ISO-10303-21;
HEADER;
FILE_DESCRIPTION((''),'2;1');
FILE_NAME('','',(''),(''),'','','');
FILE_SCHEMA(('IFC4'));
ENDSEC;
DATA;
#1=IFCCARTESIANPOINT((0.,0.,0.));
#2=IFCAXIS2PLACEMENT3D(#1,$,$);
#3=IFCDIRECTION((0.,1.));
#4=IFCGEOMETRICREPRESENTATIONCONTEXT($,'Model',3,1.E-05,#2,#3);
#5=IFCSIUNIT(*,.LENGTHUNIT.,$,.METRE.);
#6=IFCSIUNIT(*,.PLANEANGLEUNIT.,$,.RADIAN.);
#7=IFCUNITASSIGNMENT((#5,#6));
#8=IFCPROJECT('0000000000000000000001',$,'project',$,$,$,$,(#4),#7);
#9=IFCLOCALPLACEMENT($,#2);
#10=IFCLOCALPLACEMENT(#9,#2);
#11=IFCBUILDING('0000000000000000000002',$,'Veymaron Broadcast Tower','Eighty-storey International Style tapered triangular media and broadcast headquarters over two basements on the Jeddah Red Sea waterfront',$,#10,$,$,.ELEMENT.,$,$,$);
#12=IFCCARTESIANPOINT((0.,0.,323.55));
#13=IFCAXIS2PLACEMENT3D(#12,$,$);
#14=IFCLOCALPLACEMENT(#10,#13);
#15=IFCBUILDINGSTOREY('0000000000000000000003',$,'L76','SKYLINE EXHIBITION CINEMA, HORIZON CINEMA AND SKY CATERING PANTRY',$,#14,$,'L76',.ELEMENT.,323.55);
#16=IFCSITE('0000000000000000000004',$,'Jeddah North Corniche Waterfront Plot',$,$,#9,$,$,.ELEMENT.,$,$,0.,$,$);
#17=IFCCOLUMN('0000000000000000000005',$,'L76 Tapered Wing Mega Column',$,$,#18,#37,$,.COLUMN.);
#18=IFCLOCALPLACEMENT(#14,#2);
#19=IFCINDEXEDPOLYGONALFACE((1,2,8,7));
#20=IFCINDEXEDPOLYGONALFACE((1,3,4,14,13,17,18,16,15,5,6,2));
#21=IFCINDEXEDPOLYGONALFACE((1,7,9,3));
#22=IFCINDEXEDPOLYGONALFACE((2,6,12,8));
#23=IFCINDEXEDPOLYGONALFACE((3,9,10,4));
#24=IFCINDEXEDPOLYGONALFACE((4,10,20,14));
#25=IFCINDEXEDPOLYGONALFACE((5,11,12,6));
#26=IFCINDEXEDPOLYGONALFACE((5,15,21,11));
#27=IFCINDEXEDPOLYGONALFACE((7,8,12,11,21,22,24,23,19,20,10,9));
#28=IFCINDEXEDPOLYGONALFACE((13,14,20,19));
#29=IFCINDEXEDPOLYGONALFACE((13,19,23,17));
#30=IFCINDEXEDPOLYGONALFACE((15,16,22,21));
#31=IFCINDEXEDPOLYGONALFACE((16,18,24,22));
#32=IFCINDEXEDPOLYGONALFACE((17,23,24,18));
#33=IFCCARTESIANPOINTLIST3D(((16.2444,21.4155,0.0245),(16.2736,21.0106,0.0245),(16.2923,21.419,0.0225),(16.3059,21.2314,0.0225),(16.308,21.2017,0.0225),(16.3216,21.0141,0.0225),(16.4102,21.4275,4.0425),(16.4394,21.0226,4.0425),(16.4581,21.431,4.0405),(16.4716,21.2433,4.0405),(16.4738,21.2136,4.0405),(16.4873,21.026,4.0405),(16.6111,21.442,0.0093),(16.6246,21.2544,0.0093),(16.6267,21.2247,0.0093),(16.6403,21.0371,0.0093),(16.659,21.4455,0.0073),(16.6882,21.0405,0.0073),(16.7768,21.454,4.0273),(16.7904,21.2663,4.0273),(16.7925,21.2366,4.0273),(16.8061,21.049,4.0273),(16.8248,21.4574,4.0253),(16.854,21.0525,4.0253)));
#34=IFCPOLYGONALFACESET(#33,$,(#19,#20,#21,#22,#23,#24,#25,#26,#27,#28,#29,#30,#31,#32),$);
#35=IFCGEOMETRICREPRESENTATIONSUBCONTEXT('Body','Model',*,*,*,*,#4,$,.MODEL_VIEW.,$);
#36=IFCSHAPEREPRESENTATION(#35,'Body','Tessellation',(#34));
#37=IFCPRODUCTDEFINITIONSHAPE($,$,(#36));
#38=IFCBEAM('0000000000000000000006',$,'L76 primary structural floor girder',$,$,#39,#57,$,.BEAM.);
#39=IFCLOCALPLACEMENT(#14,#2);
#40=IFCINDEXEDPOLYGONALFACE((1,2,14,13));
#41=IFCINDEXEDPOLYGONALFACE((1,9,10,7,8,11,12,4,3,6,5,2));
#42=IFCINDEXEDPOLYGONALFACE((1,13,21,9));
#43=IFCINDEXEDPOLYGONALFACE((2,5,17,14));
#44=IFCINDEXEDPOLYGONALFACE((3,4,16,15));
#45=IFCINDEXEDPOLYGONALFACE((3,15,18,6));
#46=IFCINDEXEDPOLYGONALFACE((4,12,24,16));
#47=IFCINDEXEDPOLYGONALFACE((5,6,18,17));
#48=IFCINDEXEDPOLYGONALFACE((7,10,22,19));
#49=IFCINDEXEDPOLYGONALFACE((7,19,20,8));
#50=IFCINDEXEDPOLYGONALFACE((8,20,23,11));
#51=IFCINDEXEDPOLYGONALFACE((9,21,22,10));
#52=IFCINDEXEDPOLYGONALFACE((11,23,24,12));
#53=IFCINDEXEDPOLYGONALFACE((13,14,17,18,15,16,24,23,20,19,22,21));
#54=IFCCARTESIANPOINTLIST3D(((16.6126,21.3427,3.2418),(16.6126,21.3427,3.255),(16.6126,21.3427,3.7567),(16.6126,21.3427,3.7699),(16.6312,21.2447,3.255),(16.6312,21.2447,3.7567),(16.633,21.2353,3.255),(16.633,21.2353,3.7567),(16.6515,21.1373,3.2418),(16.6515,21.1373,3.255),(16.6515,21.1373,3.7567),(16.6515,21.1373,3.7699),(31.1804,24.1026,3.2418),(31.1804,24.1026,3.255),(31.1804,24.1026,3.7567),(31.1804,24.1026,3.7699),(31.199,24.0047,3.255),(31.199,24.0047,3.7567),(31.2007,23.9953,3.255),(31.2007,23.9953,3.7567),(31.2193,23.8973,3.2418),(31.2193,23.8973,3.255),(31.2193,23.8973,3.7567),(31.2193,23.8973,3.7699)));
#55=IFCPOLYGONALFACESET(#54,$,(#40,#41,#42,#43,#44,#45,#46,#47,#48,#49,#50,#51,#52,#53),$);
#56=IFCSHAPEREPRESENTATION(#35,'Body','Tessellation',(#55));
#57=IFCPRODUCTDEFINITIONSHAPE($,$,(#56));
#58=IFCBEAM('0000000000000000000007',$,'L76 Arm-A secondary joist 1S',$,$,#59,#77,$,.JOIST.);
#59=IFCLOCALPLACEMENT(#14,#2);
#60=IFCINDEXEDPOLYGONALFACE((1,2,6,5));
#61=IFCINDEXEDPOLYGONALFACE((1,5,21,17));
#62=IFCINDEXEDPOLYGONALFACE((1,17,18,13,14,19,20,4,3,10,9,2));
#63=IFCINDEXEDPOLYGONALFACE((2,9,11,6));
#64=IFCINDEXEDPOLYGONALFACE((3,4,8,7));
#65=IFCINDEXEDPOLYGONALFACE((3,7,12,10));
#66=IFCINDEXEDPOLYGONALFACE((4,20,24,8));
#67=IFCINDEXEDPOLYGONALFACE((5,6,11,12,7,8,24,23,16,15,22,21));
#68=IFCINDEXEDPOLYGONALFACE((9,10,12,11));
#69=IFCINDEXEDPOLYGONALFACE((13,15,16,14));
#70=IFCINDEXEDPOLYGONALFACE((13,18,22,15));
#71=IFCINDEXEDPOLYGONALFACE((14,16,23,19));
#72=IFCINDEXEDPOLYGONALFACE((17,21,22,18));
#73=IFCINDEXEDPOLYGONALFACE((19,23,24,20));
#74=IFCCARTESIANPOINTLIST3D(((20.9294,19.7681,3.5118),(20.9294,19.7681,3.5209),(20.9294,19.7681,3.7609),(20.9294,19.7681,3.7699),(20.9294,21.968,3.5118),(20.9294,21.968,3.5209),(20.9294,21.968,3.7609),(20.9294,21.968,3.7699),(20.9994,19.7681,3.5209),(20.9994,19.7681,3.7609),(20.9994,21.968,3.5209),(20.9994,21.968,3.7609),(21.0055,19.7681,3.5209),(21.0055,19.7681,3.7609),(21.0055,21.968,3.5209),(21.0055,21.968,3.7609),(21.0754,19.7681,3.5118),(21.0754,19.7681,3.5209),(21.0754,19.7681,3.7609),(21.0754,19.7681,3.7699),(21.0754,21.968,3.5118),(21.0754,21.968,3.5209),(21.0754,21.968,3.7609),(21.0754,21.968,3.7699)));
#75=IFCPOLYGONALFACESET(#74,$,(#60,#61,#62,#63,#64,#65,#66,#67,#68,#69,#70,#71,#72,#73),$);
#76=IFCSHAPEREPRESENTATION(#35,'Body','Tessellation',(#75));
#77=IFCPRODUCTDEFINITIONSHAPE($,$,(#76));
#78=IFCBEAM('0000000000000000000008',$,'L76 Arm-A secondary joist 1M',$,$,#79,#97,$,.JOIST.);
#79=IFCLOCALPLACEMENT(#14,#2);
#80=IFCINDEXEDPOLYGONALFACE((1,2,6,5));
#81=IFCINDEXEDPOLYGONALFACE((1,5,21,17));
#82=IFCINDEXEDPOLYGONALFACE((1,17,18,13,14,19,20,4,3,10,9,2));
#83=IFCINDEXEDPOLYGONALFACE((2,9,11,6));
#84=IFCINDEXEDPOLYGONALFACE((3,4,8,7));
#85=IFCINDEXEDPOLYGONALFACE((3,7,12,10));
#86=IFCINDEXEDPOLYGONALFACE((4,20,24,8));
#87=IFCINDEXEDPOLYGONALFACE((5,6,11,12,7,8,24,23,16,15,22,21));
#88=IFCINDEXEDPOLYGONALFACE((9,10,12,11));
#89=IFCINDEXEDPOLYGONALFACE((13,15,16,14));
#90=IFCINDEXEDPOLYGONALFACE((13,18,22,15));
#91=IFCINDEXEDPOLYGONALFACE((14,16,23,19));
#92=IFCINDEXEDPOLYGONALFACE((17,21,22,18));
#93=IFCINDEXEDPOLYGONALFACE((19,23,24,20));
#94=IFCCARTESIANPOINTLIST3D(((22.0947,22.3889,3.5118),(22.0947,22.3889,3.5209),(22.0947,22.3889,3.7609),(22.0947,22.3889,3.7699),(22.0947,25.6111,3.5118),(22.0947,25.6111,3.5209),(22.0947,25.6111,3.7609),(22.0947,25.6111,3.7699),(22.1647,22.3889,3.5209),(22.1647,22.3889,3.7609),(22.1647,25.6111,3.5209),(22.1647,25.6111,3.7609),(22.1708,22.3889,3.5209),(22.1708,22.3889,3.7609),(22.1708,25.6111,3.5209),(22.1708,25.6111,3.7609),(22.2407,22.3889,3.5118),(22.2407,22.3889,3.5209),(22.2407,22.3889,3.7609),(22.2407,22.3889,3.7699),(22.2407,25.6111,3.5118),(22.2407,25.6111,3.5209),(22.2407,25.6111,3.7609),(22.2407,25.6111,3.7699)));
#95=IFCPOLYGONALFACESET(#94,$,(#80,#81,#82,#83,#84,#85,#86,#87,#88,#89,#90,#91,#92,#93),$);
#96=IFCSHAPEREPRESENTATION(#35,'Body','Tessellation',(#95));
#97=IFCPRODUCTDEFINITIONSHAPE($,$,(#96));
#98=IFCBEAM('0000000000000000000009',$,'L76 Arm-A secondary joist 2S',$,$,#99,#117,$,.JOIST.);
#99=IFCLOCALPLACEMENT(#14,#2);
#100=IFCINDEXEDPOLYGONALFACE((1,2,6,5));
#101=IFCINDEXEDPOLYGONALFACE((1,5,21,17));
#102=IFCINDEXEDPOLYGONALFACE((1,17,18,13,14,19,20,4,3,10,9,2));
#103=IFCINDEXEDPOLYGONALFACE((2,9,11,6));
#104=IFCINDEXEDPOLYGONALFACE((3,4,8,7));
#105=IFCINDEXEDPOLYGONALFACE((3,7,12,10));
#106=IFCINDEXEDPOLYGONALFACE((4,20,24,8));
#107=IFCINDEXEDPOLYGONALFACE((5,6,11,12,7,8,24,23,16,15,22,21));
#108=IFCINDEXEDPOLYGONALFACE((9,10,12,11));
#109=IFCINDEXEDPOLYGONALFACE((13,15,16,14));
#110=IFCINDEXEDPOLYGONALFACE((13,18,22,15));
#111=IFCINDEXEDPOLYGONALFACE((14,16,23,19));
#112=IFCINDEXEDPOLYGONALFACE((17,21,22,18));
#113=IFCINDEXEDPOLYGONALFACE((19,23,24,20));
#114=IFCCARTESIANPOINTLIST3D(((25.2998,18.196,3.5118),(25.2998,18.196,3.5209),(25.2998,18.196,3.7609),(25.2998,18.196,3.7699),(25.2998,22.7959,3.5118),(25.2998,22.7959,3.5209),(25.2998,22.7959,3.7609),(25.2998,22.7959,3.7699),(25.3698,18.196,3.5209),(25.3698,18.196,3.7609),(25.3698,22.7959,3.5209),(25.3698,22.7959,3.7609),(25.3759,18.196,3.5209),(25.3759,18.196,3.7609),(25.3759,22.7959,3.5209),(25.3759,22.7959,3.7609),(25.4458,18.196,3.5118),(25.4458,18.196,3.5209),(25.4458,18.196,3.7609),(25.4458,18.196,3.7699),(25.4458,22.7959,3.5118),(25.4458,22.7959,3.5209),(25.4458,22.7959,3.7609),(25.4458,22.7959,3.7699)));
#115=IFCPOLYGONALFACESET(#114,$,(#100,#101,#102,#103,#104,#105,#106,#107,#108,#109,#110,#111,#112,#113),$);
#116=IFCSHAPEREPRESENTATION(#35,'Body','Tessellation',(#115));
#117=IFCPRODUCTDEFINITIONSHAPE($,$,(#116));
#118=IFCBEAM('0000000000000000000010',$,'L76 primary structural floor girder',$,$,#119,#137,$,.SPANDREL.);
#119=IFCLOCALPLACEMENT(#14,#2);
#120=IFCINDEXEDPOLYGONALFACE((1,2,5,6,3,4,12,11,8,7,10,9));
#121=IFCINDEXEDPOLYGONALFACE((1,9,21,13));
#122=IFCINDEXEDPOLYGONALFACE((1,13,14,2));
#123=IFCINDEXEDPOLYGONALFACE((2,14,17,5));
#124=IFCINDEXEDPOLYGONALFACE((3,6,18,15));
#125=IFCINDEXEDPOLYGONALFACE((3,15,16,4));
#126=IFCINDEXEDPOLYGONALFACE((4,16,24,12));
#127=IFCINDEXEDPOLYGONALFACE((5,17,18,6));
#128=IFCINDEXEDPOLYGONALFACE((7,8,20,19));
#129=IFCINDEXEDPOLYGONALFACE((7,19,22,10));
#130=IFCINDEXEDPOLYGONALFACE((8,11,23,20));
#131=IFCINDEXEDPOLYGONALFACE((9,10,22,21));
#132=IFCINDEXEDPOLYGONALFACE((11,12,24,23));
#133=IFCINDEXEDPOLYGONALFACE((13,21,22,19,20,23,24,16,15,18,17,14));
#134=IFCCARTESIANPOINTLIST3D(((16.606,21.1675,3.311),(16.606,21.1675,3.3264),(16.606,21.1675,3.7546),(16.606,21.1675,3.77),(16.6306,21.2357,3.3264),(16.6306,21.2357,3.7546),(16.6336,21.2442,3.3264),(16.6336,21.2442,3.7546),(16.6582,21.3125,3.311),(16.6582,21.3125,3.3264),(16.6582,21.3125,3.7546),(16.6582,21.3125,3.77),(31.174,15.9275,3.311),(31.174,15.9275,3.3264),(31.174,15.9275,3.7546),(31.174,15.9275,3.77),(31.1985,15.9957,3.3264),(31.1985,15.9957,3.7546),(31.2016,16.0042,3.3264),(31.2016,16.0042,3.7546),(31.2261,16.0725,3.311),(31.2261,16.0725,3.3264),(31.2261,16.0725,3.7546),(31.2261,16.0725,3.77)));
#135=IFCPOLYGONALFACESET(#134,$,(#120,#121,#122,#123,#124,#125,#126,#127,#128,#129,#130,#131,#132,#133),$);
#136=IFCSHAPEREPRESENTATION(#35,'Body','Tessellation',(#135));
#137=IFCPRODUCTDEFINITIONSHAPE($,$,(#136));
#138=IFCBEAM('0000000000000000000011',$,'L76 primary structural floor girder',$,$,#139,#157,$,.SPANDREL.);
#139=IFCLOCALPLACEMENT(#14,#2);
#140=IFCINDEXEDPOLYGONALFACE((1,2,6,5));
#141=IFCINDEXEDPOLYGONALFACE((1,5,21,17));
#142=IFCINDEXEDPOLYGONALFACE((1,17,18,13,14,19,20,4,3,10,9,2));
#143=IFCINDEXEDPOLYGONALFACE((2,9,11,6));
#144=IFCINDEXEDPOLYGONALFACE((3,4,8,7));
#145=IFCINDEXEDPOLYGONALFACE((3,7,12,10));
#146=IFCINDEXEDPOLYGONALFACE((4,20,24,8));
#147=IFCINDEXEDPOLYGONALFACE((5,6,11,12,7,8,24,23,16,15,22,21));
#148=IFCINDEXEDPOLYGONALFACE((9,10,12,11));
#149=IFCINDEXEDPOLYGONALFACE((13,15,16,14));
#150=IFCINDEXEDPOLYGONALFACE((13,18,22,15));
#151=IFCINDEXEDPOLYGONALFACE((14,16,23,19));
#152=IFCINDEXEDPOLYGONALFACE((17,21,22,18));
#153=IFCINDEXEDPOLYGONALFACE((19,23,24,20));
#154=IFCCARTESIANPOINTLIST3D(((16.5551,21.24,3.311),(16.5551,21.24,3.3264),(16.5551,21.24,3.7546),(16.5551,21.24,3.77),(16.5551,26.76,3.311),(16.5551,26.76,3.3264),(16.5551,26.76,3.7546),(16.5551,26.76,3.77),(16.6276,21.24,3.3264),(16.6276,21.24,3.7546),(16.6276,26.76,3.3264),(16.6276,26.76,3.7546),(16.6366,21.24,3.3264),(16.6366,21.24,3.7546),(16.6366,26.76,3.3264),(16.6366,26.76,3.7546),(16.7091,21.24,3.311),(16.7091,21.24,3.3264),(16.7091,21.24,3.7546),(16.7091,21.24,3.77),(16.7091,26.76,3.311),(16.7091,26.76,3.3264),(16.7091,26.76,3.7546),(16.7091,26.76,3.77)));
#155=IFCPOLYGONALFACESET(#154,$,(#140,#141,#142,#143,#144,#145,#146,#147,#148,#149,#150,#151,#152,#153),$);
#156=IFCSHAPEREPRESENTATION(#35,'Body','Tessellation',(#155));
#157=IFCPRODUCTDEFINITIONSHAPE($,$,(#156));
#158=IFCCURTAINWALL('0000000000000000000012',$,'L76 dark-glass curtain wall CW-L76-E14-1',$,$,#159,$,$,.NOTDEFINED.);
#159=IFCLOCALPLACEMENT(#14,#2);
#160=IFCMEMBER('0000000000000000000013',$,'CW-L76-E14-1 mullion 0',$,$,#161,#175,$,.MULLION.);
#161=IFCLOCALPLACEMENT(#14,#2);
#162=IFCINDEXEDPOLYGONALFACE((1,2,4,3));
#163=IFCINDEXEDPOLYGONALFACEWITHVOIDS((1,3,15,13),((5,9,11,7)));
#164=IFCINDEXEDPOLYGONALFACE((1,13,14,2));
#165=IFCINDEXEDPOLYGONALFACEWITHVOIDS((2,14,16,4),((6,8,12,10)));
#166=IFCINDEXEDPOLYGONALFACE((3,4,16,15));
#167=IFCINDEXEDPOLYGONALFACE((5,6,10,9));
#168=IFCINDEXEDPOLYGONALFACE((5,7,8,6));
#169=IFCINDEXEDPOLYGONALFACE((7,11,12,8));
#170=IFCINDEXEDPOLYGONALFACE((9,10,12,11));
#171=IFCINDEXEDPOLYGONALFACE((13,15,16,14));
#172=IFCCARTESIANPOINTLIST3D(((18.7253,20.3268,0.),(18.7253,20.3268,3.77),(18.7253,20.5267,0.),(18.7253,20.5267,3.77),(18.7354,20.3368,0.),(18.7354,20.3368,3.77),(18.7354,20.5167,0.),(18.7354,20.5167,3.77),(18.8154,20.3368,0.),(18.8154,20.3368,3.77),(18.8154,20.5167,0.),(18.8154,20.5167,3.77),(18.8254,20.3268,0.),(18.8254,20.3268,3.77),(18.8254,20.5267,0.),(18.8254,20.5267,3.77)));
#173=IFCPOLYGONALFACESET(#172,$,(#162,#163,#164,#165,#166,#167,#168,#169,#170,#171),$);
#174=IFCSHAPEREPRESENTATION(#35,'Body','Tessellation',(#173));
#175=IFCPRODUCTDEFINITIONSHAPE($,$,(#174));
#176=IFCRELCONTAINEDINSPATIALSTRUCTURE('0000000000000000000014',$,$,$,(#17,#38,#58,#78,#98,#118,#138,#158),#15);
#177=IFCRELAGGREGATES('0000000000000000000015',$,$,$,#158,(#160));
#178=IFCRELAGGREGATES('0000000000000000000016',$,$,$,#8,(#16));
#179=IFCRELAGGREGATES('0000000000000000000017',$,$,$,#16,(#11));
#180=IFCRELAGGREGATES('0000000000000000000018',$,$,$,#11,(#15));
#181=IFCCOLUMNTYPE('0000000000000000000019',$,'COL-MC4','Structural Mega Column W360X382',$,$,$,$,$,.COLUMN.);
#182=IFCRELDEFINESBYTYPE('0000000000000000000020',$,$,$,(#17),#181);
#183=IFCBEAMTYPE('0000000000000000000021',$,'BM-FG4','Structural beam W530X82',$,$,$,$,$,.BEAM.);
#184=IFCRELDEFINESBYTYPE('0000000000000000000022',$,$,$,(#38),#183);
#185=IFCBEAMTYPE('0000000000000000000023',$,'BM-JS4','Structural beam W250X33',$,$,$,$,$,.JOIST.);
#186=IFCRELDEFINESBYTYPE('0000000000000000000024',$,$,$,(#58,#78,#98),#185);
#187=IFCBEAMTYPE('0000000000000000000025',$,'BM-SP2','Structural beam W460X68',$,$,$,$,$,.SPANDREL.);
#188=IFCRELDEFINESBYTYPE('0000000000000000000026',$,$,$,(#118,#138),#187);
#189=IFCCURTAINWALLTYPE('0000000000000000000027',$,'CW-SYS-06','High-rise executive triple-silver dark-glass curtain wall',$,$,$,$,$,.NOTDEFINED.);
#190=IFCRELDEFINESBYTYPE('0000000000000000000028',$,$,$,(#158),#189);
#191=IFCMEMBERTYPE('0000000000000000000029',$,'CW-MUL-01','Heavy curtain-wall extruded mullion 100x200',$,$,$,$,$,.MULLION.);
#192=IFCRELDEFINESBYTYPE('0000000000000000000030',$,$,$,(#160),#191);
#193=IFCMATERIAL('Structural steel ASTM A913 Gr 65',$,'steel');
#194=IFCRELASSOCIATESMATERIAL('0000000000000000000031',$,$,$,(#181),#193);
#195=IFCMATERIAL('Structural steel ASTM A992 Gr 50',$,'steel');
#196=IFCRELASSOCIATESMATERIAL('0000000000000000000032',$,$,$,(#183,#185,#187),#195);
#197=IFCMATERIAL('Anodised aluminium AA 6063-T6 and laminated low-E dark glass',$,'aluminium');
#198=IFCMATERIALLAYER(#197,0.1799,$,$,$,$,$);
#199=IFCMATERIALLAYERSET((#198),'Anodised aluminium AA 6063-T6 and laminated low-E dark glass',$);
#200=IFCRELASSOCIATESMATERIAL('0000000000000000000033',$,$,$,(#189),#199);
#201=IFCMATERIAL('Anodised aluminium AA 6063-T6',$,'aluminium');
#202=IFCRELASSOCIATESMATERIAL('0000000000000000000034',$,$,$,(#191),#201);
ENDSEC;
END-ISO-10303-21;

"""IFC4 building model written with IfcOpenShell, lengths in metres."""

from ifc_helpers import new_model, si_unit, direction, frame, origin, origin_2d, place, context, subcontext, project, spatial, hollow_rectangle, i_section, extrude, material, layer, layer_set, material_profile, profile_set, type_object, element, aggregate, save


model = new_model("IFC4")

# Units and contexts
model_context = context("Model", 3, precision=1e-05, world=origin(), true_north=direction((0.0, 1.0)))
body_context = subcontext(model_context, "Body", "Model", "MODEL_VIEW")
ifc_project = project(units=[si_unit("LENGTHUNIT", "METRE"), si_unit("PLANEANGLEUNIT", "RADIAN")], contexts=[model_context])

# Site, building, storey
site_placement = place(None, origin())
site = spatial("IfcSite", under=ifc_project, at=site_placement, Name="Jeddah North Corniche Waterfront Plot", CompositionType="ELEMENT", RefElevation=0.0)
building_placement = place(site_placement, origin())
building = spatial("IfcBuilding", under=site, at=building_placement, Name="Veymaron Broadcast Tower", Description="Eighty-storey International Style tapered triangular media and broadcast headquarters over two basements on the Jeddah Red Sea waterfront", CompositionType="ELEMENT")
storey_placement = place(building_placement, frame((0.0, 0.0, 323.55)))
storey = spatial("IfcBuildingStorey", under=building, at=storey_placement, Name="L76", Description="SKYLINE EXHIBITION CINEMA, HORIZON CINEMA AND SKY CATERING PANTRY", LongName="L76", CompositionType="ELEMENT", Elevation=323.55)

# Column
ifc_material_1 = material(Name="Structural steel ASTM A913 Gr 65", Category="steel")
ifc_material_profile_1 = material_profile(ifc_material_1, i_section(OverallWidth=0.406, OverallDepth=0.416, WebThickness=0.0298, FlangeThickness=0.0481, at=origin_2d()), Name="W360X382")
ifc_profile_set_1 = profile_set([ifc_material_profile_1], Name="Structural steel ASTM A913 Gr 65")
column_type = type_object("IfcColumnType", Name="COL-MC4", Description="Structural Mega Column W360X382", PredefinedType="COLUMN", material=ifc_profile_set_1)
column_placement = place(storey_placement, frame((16.4663, 21.228, 0.0159), z_axis=(0.041221, 0.002975, 0.999146), x_axis=(-0.071978, 0.997406, 0.0)))
element("IfcColumn", 1, at=column_placement, inside=storey, type_object=column_type, Name="L76 Tapered Wing Mega Column", PredefinedType="COLUMN", context=body_context, shape_type="SweptSolid", body=[
    extrude(i_section(OverallWidth=0.406, OverallDepth=0.416, WebThickness=0.0298, FlangeThickness=0.0481, at=origin_2d()), origin(), (0.0, 0.0, 1.0), 4.0215),
])

# Beams
ifc_material_2 = material(Name="Structural steel ASTM A992 Gr 50", Category="steel")
ifc_material_profile_2 = material_profile(ifc_material_2, i_section(OverallWidth=0.209, OverallDepth=0.5281, WebThickness=0.0095, FlangeThickness=0.0132, at=origin_2d()), Name="W530X82")
ifc_profile_set_2 = profile_set([ifc_material_profile_2], Name="Structural steel ASTM A992 Gr 50")
beam_type_1 = type_object("IfcBeamType", Name="BM-FG4", Description="Structural beam W530X82", PredefinedType="BEAM", material=ifc_profile_set_2)
beam_1_placement = place(storey_placement, frame((16.6321, 21.24, 3.5059), z_axis=(0.982522, 0.186147, 0.0), x_axis=(-0.186147, 0.982522, 0.0)))
element("IfcBeam", 2, at=beam_1_placement, inside=storey, type_object=beam_type_1, Name="L76 primary structural floor girder", PredefinedType="BEAM", context=body_context, shape_type="SweptSolid", body=[
    extrude(i_section(OverallWidth=0.209, OverallDepth=0.5281, WebThickness=0.0095, FlangeThickness=0.0132, at=origin_2d()), origin(), (0.0, 0.0, 1.0), 14.8269),
])
ifc_material_profile_3 = material_profile(ifc_material_2, i_section(OverallWidth=0.146, OverallDepth=0.2581, WebThickness=0.0061, FlangeThickness=0.009, at=origin_2d()), Name="W250X33")
ifc_profile_set_3 = profile_set([ifc_material_profile_3], Name="Structural steel ASTM A992 Gr 50")
beam_type_2 = type_object("IfcBeamType", Name="BM-JS4", Description="Structural beam W250X33", PredefinedType="JOIST", material=ifc_profile_set_3)
beam_2_placement = place(storey_placement, frame((21.0024, 19.7681, 3.6409), z_axis=(0.0, 1.0, 0.0), x_axis=(-1.0, 0.0, 0.0)))
element("IfcBeam", 3, at=beam_2_placement, inside=storey, type_object=beam_type_2, Name="L76 Arm-A secondary joist 1S", PredefinedType="JOIST", context=body_context, shape_type="SweptSolid", body=[
    extrude(i_section(OverallWidth=0.146, OverallDepth=0.2581, WebThickness=0.0061, FlangeThickness=0.009, at=origin_2d()), origin(), (0.0, 0.0, 1.0), 2.2),
])
beam_3_placement = place(storey_placement, frame((22.1677, 22.3889, 3.6409), z_axis=(0.0, 1.0, 0.0), x_axis=(-1.0, 0.0, 0.0)))
element("IfcBeam", 4, at=beam_3_placement, inside=storey, type_object=beam_type_2, Name="L76 Arm-A secondary joist 1M", PredefinedType="JOIST", context=body_context, shape_type="SweptSolid", body=[
    extrude(i_section(OverallWidth=0.146, OverallDepth=0.2581, WebThickness=0.0061, FlangeThickness=0.009, at=origin_2d()), origin(), (0.0, 0.0, 1.0), 3.2222),
])
beam_4_placement = place(storey_placement, frame((25.3728, 18.196, 3.6409), z_axis=(0.0, 1.0, 0.0), x_axis=(-1.0, 0.0, 0.0)))
element("IfcBeam", 5, at=beam_4_placement, inside=storey, type_object=beam_type_2, Name="L76 Arm-A secondary joist 2S", PredefinedType="JOIST", context=body_context, shape_type="SweptSolid", body=[
    extrude(i_section(OverallWidth=0.146, OverallDepth=0.2581, WebThickness=0.0061, FlangeThickness=0.009, at=origin_2d()), origin(), (0.0, 0.0, 1.0), 4.5999),
])
ifc_material_profile_4 = material_profile(ifc_material_2, i_section(OverallWidth=0.1541, OverallDepth=0.459, WebThickness=0.009, FlangeThickness=0.0154, at=origin_2d()), Name="W460X68")
ifc_profile_set_4 = profile_set([ifc_material_profile_4], Name="Structural steel ASTM A992 Gr 50")
beam_type_3 = type_object("IfcBeamType", Name="BM-SP2", Description="Structural beam W460X68", PredefinedType="SPANDREL", material=ifc_profile_set_4)
beam_5_placement = place(storey_placement, frame((16.6321, 21.24, 3.5405), z_axis=(0.940979, -0.338465, 0.0), x_axis=(0.338465, 0.940979, 0.0)))
element("IfcBeam", 6, at=beam_5_placement, inside=storey, type_object=beam_type_3, Name="L76 primary structural floor girder", PredefinedType="SPANDREL", context=body_context, shape_type="SweptSolid", body=[
    extrude(i_section(OverallWidth=0.1541, OverallDepth=0.459, WebThickness=0.009, FlangeThickness=0.0154, at=origin_2d()), origin(), (0.0, 0.0, 1.0), 15.4817),
])
beam_6_placement = place(storey_placement, frame((16.6321, 21.24, 3.5405), z_axis=(0.0, 1.0, 0.0), x_axis=(-1.0, 0.0, 0.0)))
element("IfcBeam", 7, at=beam_6_placement, inside=storey, type_object=beam_type_3, Name="L76 primary structural floor girder", PredefinedType="SPANDREL", context=body_context, shape_type="SweptSolid", body=[
    extrude(i_section(OverallWidth=0.1541, OverallDepth=0.459, WebThickness=0.009, FlangeThickness=0.0154, at=origin_2d()), origin(), (0.0, 0.0, 1.0), 5.52),
])

# Curtain wall, member
ifc_material_3 = material(Name="Anodised aluminium AA 6063-T6 and laminated low-E dark glass", Category="aluminium")
ifc_layer_1 = layer(ifc_material_3, 0.1799)
ifc_layer_set_1 = layer_set([ifc_layer_1], Name="Anodised aluminium AA 6063-T6 and laminated low-E dark glass")
curtain_wall_type = type_object("IfcCurtainWallType", Name="CW-SYS-06", Description="High-rise executive triple-silver dark-glass curtain wall", PredefinedType="NOTDEFINED", material=ifc_layer_set_1)
curtain_wall_placement = place(storey_placement, origin())
curtain_wall = element("IfcCurtainWall", 8, at=curtain_wall_placement, inside=storey, type_object=curtain_wall_type, Name="L76 dark-glass curtain wall CW-L76-E14-1", PredefinedType="NOTDEFINED")
ifc_material_4 = material(Name="Anodised aluminium AA 6063-T6", Category="aluminium")
ifc_material_profile_5 = material_profile(ifc_material_4, hollow_rectangle(XDim=0.1001, YDim=0.2, WallThickness=0.01, at=origin_2d()), Name="RHS200X100X10")
ifc_profile_set_5 = profile_set([ifc_material_profile_5], Name="Anodised aluminium AA 6063-T6")
member_type_1 = type_object("IfcMemberType", Name="CW-MUL-01", Description="Heavy curtain-wall extruded mullion 100x200", PredefinedType="MULLION", material=ifc_profile_set_5)
member_1_placement = place(storey_placement, frame((18.7754, 20.4268, 0.0), z_axis=(0.0, 0.0, 1.0), x_axis=(1.0, 0.0, 0.0)))
member_1 = element("IfcMember", 9, at=member_1_placement, type_object=member_type_1, Name="CW-L76-E14-1 mullion 0", PredefinedType="MULLION", context=body_context, shape_type="SweptSolid", body=[
    extrude(hollow_rectangle(XDim=0.1001, YDim=0.2, WallThickness=0.01, at=origin_2d()), origin(), (0.0, 0.0, 1.0), 3.77),
])
aggregate(curtain_wall, [member_1])

save(model, "model.ifc")
